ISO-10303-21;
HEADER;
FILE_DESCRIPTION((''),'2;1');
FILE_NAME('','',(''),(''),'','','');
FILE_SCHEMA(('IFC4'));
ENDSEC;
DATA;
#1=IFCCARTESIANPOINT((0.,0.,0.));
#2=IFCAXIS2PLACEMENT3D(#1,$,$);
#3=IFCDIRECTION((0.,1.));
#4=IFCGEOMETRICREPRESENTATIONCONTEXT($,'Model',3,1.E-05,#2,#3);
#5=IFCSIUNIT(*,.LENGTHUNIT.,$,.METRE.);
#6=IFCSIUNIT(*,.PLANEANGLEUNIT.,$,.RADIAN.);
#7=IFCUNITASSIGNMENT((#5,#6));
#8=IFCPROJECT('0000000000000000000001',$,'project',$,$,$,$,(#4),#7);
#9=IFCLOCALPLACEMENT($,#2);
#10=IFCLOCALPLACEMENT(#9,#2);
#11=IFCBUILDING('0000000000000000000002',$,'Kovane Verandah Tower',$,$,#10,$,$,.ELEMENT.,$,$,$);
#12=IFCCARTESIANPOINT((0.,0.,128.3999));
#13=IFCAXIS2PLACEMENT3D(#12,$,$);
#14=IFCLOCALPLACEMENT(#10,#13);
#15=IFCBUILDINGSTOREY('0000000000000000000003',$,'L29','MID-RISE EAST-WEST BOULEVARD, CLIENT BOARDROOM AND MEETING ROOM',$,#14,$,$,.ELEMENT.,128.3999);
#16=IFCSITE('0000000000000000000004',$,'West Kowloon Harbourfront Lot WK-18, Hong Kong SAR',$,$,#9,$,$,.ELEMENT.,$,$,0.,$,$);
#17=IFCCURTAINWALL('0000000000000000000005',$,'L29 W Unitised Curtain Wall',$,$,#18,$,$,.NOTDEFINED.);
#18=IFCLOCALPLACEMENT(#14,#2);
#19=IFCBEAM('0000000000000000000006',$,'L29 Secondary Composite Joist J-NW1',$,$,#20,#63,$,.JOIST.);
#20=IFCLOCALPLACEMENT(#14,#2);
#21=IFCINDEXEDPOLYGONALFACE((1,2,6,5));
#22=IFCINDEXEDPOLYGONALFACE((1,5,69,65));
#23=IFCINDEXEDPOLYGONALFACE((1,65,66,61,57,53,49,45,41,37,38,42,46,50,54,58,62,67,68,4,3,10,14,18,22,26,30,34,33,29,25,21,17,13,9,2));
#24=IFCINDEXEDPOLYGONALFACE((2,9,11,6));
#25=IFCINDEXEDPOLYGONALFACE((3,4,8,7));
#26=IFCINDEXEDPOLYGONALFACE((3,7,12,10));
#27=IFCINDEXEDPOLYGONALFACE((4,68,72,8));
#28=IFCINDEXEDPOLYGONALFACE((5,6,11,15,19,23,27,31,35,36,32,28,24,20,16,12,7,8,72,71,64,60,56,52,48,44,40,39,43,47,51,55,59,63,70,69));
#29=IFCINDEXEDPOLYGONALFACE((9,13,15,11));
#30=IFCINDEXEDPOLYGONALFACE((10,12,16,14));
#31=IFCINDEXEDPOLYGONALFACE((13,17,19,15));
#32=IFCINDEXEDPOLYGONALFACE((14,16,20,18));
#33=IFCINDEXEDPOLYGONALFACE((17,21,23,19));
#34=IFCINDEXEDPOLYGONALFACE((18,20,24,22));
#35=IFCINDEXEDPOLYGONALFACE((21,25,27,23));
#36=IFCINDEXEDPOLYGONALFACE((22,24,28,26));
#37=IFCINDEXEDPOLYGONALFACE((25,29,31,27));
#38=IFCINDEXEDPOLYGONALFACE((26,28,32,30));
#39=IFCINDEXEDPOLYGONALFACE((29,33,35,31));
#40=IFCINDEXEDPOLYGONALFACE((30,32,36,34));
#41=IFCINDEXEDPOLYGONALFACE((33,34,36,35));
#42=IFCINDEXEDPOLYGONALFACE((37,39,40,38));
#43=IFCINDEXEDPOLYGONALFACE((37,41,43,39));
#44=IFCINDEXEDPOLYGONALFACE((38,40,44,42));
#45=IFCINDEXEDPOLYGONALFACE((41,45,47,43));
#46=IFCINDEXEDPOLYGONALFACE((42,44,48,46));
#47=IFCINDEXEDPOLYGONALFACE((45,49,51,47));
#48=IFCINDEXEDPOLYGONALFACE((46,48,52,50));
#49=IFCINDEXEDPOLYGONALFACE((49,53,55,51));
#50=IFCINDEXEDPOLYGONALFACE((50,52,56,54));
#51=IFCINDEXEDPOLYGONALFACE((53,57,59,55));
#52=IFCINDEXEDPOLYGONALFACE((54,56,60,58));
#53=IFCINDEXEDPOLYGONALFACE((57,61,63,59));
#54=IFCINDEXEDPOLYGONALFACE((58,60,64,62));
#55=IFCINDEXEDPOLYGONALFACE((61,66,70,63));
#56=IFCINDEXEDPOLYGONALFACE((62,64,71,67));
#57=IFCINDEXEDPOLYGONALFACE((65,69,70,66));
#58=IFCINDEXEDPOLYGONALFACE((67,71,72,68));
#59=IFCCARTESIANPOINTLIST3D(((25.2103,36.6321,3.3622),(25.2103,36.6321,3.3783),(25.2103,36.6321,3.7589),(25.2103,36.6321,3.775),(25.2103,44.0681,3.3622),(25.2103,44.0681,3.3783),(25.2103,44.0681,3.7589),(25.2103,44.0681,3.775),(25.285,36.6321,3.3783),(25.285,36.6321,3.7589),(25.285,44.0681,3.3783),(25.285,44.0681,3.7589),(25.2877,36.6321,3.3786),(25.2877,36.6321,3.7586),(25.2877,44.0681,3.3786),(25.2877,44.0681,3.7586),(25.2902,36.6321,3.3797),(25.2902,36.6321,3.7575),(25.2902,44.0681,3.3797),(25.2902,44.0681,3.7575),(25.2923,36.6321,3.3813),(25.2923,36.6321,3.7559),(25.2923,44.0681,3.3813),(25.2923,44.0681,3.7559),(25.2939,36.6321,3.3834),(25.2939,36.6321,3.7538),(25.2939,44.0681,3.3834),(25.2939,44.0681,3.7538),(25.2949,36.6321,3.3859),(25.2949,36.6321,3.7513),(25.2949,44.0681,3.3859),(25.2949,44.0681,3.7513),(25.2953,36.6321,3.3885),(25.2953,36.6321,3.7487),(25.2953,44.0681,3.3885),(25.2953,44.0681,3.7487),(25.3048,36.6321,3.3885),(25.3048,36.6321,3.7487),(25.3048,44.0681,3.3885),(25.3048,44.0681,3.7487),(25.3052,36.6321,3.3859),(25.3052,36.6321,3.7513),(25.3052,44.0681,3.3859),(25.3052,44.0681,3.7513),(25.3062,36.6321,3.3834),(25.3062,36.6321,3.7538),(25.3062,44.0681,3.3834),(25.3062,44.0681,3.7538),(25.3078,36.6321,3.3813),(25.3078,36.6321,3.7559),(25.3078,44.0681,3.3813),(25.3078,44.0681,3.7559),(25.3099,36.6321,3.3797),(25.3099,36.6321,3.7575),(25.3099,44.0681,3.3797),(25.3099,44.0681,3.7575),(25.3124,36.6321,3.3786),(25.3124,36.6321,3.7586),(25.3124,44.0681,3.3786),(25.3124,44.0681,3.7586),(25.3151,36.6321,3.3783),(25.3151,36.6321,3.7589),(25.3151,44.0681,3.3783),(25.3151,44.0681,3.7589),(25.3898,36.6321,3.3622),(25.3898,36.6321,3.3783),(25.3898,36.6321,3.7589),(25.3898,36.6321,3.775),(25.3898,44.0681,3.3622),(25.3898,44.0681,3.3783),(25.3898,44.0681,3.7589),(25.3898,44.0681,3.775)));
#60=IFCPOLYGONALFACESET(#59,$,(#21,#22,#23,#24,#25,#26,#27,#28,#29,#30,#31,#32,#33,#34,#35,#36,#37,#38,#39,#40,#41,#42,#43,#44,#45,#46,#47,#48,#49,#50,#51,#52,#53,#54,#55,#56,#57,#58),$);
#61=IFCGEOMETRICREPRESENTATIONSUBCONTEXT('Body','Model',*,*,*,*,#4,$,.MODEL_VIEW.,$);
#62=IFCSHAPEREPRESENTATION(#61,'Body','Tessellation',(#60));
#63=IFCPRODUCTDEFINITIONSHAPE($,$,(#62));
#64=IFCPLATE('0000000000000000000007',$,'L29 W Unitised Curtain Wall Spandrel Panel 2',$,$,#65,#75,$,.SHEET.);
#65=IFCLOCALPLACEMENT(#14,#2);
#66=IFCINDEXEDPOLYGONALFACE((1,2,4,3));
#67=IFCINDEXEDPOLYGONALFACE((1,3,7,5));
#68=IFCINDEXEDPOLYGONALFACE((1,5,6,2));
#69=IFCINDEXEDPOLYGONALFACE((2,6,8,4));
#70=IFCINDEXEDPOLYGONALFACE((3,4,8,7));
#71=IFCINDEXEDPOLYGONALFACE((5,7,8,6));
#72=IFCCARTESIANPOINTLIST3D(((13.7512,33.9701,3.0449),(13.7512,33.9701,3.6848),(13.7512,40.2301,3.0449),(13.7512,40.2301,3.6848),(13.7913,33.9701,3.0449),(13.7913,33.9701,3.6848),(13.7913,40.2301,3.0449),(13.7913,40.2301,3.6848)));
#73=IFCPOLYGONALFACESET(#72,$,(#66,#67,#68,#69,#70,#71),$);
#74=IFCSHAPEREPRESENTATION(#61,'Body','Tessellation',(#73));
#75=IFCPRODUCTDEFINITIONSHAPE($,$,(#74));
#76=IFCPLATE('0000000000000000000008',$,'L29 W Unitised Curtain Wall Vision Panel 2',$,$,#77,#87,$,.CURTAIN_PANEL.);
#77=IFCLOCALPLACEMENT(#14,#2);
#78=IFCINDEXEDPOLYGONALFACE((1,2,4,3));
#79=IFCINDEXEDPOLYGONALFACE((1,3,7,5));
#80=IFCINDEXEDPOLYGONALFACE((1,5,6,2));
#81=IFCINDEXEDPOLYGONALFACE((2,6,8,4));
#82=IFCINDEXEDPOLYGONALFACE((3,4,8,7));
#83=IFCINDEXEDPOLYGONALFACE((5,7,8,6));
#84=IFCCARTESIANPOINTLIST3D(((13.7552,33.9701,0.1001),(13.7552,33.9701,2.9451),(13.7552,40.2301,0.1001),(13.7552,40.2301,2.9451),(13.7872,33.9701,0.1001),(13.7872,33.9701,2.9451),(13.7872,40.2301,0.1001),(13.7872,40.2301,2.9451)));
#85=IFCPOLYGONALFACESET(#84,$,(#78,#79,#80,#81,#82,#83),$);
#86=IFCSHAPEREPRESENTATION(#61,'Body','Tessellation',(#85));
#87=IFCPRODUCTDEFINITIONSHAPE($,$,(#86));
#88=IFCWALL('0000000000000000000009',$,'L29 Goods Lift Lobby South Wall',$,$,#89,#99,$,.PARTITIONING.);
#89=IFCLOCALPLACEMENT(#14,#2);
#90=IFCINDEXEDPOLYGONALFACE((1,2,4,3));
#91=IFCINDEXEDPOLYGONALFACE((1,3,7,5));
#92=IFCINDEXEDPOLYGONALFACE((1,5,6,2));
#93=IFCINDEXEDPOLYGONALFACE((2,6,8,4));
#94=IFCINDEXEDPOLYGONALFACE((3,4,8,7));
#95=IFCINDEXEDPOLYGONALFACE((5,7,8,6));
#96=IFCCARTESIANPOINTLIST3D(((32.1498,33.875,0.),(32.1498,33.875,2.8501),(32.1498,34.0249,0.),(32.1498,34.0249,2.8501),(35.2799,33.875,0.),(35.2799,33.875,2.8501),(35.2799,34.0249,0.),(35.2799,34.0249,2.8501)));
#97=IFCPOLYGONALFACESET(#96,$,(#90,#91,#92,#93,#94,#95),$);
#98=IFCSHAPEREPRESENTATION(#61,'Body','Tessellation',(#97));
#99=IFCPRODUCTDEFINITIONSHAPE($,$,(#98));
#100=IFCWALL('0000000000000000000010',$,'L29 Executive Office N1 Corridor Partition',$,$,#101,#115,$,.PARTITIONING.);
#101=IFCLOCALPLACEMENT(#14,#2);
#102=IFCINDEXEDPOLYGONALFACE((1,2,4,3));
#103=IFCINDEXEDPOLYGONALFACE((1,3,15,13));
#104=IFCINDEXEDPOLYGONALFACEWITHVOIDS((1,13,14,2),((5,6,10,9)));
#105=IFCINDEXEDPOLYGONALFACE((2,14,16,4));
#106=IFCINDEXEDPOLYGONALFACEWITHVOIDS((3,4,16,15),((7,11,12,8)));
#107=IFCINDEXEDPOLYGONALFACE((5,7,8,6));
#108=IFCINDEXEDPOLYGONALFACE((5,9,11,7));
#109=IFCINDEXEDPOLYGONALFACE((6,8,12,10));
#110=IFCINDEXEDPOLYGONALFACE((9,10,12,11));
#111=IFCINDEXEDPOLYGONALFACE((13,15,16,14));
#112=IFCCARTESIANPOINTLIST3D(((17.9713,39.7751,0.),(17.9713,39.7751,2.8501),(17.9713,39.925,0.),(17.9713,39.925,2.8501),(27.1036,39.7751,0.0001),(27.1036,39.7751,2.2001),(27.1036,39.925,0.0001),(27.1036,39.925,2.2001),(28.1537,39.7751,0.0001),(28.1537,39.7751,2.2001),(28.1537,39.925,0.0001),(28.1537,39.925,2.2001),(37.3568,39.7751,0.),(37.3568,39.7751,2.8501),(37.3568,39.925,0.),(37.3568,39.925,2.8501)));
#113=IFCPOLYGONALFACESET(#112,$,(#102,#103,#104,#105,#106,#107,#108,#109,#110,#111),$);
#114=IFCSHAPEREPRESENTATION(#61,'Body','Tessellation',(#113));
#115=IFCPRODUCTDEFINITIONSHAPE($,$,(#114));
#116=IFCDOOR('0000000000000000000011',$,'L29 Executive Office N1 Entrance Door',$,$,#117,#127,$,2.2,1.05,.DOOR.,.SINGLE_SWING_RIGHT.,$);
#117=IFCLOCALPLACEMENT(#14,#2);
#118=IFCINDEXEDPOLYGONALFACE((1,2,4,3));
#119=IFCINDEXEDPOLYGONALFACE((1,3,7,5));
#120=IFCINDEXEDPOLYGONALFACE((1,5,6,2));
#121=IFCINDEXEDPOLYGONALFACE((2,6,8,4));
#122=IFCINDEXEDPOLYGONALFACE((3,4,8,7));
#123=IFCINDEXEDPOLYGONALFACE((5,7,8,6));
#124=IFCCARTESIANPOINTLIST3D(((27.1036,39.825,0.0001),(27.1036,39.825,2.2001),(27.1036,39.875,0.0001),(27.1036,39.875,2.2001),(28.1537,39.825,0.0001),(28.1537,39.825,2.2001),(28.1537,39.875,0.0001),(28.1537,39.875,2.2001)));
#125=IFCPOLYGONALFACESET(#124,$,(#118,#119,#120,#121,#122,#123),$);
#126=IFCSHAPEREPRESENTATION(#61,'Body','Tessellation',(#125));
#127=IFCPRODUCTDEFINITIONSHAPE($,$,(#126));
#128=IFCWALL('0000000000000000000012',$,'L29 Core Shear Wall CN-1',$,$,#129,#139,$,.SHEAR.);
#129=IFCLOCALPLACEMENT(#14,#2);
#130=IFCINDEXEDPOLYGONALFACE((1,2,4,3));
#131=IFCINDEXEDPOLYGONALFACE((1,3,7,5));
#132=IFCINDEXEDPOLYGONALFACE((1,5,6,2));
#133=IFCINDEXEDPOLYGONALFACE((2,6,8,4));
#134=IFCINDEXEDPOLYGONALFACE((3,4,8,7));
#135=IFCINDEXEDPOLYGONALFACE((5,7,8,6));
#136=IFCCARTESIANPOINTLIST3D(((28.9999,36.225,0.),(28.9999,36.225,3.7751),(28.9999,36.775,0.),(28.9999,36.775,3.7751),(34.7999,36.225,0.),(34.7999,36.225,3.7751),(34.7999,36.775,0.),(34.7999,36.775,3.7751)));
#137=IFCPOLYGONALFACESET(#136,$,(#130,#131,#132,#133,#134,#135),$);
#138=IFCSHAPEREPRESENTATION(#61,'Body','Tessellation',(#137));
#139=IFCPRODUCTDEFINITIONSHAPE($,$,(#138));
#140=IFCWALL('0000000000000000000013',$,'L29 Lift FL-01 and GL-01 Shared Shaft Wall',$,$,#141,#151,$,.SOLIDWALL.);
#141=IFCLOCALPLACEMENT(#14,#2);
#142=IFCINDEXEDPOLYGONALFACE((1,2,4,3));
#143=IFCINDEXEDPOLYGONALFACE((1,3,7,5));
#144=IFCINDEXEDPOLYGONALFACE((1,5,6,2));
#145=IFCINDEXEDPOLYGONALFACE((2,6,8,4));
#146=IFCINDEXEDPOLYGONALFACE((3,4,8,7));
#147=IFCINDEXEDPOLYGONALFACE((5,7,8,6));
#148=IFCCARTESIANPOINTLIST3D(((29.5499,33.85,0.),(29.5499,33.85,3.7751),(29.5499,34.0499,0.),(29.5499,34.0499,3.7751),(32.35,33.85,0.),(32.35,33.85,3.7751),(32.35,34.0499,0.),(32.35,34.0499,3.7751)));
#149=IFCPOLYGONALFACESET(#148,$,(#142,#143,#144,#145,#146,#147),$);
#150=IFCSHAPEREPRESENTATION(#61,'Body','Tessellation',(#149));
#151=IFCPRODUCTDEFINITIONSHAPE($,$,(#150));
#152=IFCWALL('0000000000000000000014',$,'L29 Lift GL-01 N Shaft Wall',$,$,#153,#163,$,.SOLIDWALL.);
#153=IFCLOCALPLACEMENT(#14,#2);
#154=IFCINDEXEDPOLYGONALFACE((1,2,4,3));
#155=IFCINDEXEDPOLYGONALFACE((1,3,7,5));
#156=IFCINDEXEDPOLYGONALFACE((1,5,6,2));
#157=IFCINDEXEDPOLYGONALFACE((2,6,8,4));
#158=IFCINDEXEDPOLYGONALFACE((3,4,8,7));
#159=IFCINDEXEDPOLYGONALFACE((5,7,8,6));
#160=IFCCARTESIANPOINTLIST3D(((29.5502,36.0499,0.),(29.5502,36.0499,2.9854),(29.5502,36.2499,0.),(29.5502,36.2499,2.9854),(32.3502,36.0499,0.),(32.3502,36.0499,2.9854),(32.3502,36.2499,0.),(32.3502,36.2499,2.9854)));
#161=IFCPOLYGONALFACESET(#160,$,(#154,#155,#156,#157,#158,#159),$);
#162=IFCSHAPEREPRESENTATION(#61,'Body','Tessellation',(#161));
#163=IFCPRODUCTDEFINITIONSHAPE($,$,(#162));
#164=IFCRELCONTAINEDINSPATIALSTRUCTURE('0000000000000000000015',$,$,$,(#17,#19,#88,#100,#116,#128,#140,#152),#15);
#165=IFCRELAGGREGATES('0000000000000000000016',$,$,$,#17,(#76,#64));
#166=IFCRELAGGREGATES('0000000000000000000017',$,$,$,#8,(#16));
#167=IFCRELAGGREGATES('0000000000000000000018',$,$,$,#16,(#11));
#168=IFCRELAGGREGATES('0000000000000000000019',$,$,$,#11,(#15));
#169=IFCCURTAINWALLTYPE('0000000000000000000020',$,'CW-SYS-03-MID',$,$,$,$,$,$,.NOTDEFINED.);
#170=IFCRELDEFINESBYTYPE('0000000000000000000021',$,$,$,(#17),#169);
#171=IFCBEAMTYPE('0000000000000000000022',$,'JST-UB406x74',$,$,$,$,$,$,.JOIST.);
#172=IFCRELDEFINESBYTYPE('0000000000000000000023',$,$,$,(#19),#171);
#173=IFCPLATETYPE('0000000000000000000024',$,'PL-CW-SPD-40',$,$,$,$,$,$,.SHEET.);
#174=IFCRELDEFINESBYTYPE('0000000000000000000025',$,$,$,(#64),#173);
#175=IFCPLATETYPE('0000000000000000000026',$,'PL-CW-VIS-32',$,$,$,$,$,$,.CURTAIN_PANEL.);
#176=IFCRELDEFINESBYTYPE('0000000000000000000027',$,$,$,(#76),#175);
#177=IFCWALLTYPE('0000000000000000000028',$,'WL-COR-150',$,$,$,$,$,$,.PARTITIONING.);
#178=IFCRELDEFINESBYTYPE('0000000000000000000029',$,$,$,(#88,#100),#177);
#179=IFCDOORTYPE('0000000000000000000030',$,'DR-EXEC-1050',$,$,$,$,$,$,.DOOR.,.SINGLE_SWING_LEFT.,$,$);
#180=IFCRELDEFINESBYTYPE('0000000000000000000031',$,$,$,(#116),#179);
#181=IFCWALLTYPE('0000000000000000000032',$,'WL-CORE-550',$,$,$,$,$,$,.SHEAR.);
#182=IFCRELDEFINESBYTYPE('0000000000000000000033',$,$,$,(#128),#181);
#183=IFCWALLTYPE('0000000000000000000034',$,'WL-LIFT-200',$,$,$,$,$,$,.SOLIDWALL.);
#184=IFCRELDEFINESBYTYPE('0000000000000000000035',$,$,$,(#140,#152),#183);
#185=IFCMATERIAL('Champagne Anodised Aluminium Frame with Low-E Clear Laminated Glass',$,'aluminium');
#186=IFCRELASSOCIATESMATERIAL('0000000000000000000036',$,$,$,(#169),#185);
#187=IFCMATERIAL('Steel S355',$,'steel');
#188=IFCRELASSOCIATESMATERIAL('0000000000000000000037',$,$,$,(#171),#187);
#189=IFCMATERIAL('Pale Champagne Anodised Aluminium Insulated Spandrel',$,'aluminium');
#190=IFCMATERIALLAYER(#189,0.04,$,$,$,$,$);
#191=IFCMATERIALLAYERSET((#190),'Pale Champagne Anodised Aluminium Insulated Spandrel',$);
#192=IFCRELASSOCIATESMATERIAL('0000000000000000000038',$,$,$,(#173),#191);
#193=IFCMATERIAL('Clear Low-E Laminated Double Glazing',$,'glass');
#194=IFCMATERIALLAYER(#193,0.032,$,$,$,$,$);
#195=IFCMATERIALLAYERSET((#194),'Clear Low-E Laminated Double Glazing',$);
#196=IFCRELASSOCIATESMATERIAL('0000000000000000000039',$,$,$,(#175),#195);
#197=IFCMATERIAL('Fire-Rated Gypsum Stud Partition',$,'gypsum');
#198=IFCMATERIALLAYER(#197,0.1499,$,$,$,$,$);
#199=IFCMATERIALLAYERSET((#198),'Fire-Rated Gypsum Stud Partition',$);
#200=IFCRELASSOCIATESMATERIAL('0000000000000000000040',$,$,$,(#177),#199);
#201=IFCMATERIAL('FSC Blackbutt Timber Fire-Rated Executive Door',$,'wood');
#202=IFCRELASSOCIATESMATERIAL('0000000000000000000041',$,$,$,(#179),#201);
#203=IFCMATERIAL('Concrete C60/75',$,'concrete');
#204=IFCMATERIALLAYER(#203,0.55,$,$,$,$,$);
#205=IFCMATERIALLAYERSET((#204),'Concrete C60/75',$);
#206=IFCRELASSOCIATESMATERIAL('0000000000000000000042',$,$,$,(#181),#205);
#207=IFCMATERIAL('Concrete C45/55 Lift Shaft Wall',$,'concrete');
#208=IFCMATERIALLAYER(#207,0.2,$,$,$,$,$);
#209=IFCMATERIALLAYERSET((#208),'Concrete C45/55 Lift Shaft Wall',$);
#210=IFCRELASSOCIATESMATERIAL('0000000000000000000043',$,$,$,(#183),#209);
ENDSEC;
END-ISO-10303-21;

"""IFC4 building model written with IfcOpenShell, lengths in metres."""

from ifc_helpers import new_model, si_unit, direction, frame, frame_2d, origin, origin_2d, place, context, subcontext, project, spatial, rectangle, i_section, extrude, material, layer, layer_set, material_profile, profile_set, type_object, element, fill, aggregate, save


model = new_model("IFC4")

# Units and contexts
model_context = context("Model", 3, precision=1e-05, world=origin(), true_north=direction((0.0, 1.0)))
body_context = subcontext(model_context, "Body", "Model", "MODEL_VIEW")
ifc_project = project(units=[si_unit("LENGTHUNIT", "METRE"), si_unit("PLANEANGLEUNIT", "RADIAN")], contexts=[model_context])

# Site, building, storey
site_placement = place(None, origin())
site = spatial("IfcSite", under=ifc_project, at=site_placement, Name="West Kowloon Harbourfront Lot WK-18, Hong Kong SAR", CompositionType="ELEMENT", RefElevation=0.0)
building_placement = place(site_placement, origin())
building = spatial("IfcBuilding", under=site, at=building_placement, Name="Kovane Verandah Tower", CompositionType="ELEMENT")
storey_placement = place(building_placement, frame((0.0, 0.0, 128.3999)))
storey = spatial("IfcBuildingStorey", under=building, at=storey_placement, Name="L29", Description="MID-RISE EAST-WEST BOULEVARD, CLIENT BOARDROOM AND MEETING ROOM", CompositionType="ELEMENT", Elevation=128.3999)

# Shared definitions
ifc_material_1 = material(Name="Steel S355", Category="steel")

# Curtain wall
ifc_material_2 = material(Name="Champagne Anodised Aluminium Frame with Low-E Clear Laminated Glass", Category="aluminium")
curtain_wall_type = type_object("IfcCurtainWallType", Name="CW-SYS-03-MID", PredefinedType="NOTDEFINED", material=ifc_material_2)
curtain_wall_placement = place(storey_placement, origin())
curtain_wall = element("IfcCurtainWall", 1, at=curtain_wall_placement, inside=storey, type_object=curtain_wall_type, Name="L29 W Unitised Curtain Wall", PredefinedType="NOTDEFINED")

# Beam
ifc_material_profile_1 = material_profile(ifc_material_1, i_section(OverallWidth=0.1794, OverallDepth=0.4128, WebThickness=0.0095, FlangeThickness=0.0161, FilletRadius=0.0103, at=origin_2d()), Name="UB406x178x74")
ifc_profile_set_1 = profile_set([ifc_material_profile_1], Name="Steel S355")
beam_type_1 = type_object("IfcBeamType", Name="JST-UB406x74", PredefinedType="JOIST", material=ifc_profile_set_1)
beam_1_placement = place(storey_placement, frame((25.3, 36.6321, 3.5686), z_axis=(0.0, 1.0, 0.0), x_axis=(-1.0, 0.0, 0.0)))
element("IfcBeam", 2, at=beam_1_placement, inside=storey, type_object=beam_type_1, Name="L29 Secondary Composite Joist J-NW1", PredefinedType="JOIST", context=body_context, shape_type="SweptSolid", body=[
    extrude(i_section(OverallWidth=0.1794, OverallDepth=0.4128, WebThickness=0.0095, FlangeThickness=0.0161, FilletRadius=0.0103, at=origin_2d()), origin(), (0.0, 0.0, 1.0), 7.436),
])

# Plates
ifc_material_3 = material(Name="Pale Champagne Anodised Aluminium Insulated Spandrel", Category="aluminium")
ifc_layer_1 = layer(ifc_material_3, 0.04)
ifc_layer_set_1 = layer_set([ifc_layer_1], Name="Pale Champagne Anodised Aluminium Insulated Spandrel")
plate_type_1 = type_object("IfcPlateType", Name="PL-CW-SPD-40", PredefinedType="SHEET", material=ifc_layer_set_1)
plate_1_placement = place(storey_placement, frame((13.7712, 37.1001, 3.0449), z_axis=(0.0, 0.0, 1.0), x_axis=(0.0, -1.0, 0.0)))
plate_1 = element("IfcPlate", 3, at=plate_1_placement, type_object=plate_type_1, Name="L29 W Unitised Curtain Wall Spandrel Panel 2", PredefinedType="SHEET", context=body_context, shape_type="SweptSolid", body=[
    extrude(rectangle(XDim=6.26, YDim=0.04, at=origin_2d()), origin(), (0.0, 0.0, 1.0), 0.6399),
])
ifc_material_4 = material(Name="Clear Low-E Laminated Double Glazing", Category="glass")
ifc_layer_2 = layer(ifc_material_4, 0.032)
ifc_layer_set_2 = layer_set([ifc_layer_2], Name="Clear Low-E Laminated Double Glazing")
plate_type_2 = type_object("IfcPlateType", Name="PL-CW-VIS-32", PredefinedType="CURTAIN_PANEL", material=ifc_layer_set_2)
plate_2_placement = place(storey_placement, frame((13.7712, 37.1001, 0.1001), z_axis=(0.0, 0.0, 1.0), x_axis=(0.0, -1.0, 0.0)))
plate_2 = element("IfcPlate", 4, at=plate_2_placement, type_object=plate_type_2, Name="L29 W Unitised Curtain Wall Vision Panel 2", PredefinedType="CURTAIN_PANEL", context=body_context, shape_type="SweptSolid", body=[
    extrude(rectangle(XDim=6.26, YDim=0.032, at=origin_2d()), origin(), (0.0, 0.0, 1.0), 2.845),
])
aggregate(curtain_wall, [plate_2, plate_1])

# Wall
ifc_material_5 = material(Name="Fire-Rated Gypsum Stud Partition", Category="gypsum")
ifc_layer_3 = layer(ifc_material_5, 0.1499)
ifc_layer_set_3 = layer_set([ifc_layer_3], Name="Fire-Rated Gypsum Stud Partition")
wall_type_1 = type_object("IfcWallType", Name="WL-COR-150", PredefinedType="PARTITIONING", material=ifc_layer_set_3)
wall_1_placement = place(storey_placement, frame((32.1499, 33.95, 0.0), z_axis=(0.0, 0.0, 1.0), x_axis=(1.0, 0.0, 0.0)))
element("IfcWall", 5, at=wall_1_placement, inside=storey, type_object=wall_type_1, Name="L29 Goods Lift Lobby South Wall", PredefinedType="PARTITIONING", context=body_context, shape_type="SweptSolid", body=[
    extrude(rectangle(XDim=3.1301, YDim=0.1499, at=frame_2d((1.5649, 0.0))), origin(), (0.0, 0.0, 1.0), 2.8501),
])

# Wall, opening, door
wall_2_placement = place(storey_placement, frame((17.9712, 39.8501, 0.0), z_axis=(0.0, 0.0, 1.0), x_axis=(1.0, 0.0, 0.0)))
wall_2 = element("IfcWall", 6, at=wall_2_placement, inside=storey, type_object=wall_type_1, Name="L29 Executive Office N1 Corridor Partition", PredefinedType="PARTITIONING", context=body_context, shape_type="SweptSolid", body=[
    extrude(rectangle(XDim=19.3855, YDim=0.1499, at=frame_2d((9.6929, 0.0))), origin(), (0.0, 0.0, 1.0), 2.8501),
])
opening_1_placement = place(wall_2_placement, frame((9.1326, 0.0, 0.0)))
opening_1 = element("IfcOpeningElement", 7, at=opening_1_placement, cuts=wall_2, PredefinedType="OPENING", context=body_context, shape_type="SweptSolid", body=[
    extrude(rectangle(XDim=1.05, YDim=2.2, at=frame_2d((0.5249, 1.1001))), frame((0.0, 0.075, 0.0), z_axis=(0.0, -1.0, 0.0), x_axis=(1.0, 0.0, 0.0)), (0.0, 0.0, 1.0), 0.1499),
])
ifc_material_6 = material(Name="FSC Blackbutt Timber Fire-Rated Executive Door", Category="wood")
door_type_1 = type_object("IfcDoorType", Name="DR-EXEC-1050", OperationType="SINGLE_SWING_LEFT", PredefinedType="DOOR", material=ifc_material_6)
door_1_placement = place(opening_1_placement, origin())
door_1 = element("IfcDoor", 8, at=door_1_placement, inside=storey, type_object=door_type_1, Name="L29 Executive Office N1 Entrance Door", OperationType="SINGLE_SWING_RIGHT", OverallHeight=2.2, OverallWidth=1.05, PredefinedType="DOOR", context=body_context, shape_type="SweptSolid", body=[
    extrude(rectangle(XDim=1.05, YDim=2.2, at=frame_2d((0.5249, 1.1001))), frame((0.0, 0.0249, 0.0), z_axis=(0.0, -1.0, 0.0), x_axis=(1.0, 0.0, 0.0)), (0.0, 0.0, 1.0), 0.05),
])
fill(opening_1, door_1)

# Walls
ifc_material_7 = material(Name="Concrete C60/75", Category="concrete")
ifc_layer_4 = layer(ifc_material_7, 0.55)
ifc_layer_set_4 = layer_set([ifc_layer_4], Name="Concrete C60/75")
wall_type_2 = type_object("IfcWallType", Name="WL-CORE-550", PredefinedType="SHEAR", material=ifc_layer_set_4)
wall_3_placement = place(storey_placement, frame((29.0, 36.5, 0.0), z_axis=(0.0, 0.0, 1.0), x_axis=(1.0, 0.0, 0.0)))
element("IfcWall", 9, at=wall_3_placement, inside=storey, type_object=wall_type_2, Name="L29 Core Shear Wall CN-1", PredefinedType="SHEAR", context=body_context, shape_type="SweptSolid", body=[
    extrude(rectangle(XDim=5.8, YDim=0.55, at=frame_2d((2.8999, 0.0))), origin(), (0.0, 0.0, 1.0), 3.7751),
])
ifc_material_8 = material(Name="Concrete C45/55 Lift Shaft Wall", Category="concrete")
ifc_layer_5 = layer(ifc_material_8, 0.2)
ifc_layer_set_5 = layer_set([ifc_layer_5], Name="Concrete C45/55 Lift Shaft Wall")
wall_type_3 = type_object("IfcWallType", Name="WL-LIFT-200", PredefinedType="SOLIDWALL", material=ifc_layer_set_5)
wall_4_placement = place(storey_placement, frame((29.55, 33.95, 0.0), z_axis=(0.0, 0.0, 1.0), x_axis=(1.0, 0.0, 0.0)))
element("IfcWall", 10, at=wall_4_placement, inside=storey, type_object=wall_type_3, Name="L29 Lift FL-01 and GL-01 Shared Shaft Wall", PredefinedType="SOLIDWALL", context=body_context, shape_type="SweptSolid", body=[
    extrude(rectangle(XDim=2.8, YDim=0.2, at=frame_2d((1.3999, 0.0))), origin(), (0.0, 0.0, 1.0), 3.7751),
])
wall_5_placement = place(storey_placement, frame((32.3501, 36.1499, 0.0), z_axis=(0.0, 0.0, 1.0), x_axis=(-1.0, 0.0, 0.0)))
element("IfcWall", 11, at=wall_5_placement, inside=storey, type_object=wall_type_3, Name="L29 Lift GL-01 N Shaft Wall", PredefinedType="SOLIDWALL", context=body_context, shape_type="SweptSolid", body=[
    extrude(rectangle(XDim=2.8, YDim=0.2, at=frame_2d((1.3999, 0.0))), origin(), (0.0, 0.0, 1.0), 2.9854),
])

save(model, "model.ifc")
